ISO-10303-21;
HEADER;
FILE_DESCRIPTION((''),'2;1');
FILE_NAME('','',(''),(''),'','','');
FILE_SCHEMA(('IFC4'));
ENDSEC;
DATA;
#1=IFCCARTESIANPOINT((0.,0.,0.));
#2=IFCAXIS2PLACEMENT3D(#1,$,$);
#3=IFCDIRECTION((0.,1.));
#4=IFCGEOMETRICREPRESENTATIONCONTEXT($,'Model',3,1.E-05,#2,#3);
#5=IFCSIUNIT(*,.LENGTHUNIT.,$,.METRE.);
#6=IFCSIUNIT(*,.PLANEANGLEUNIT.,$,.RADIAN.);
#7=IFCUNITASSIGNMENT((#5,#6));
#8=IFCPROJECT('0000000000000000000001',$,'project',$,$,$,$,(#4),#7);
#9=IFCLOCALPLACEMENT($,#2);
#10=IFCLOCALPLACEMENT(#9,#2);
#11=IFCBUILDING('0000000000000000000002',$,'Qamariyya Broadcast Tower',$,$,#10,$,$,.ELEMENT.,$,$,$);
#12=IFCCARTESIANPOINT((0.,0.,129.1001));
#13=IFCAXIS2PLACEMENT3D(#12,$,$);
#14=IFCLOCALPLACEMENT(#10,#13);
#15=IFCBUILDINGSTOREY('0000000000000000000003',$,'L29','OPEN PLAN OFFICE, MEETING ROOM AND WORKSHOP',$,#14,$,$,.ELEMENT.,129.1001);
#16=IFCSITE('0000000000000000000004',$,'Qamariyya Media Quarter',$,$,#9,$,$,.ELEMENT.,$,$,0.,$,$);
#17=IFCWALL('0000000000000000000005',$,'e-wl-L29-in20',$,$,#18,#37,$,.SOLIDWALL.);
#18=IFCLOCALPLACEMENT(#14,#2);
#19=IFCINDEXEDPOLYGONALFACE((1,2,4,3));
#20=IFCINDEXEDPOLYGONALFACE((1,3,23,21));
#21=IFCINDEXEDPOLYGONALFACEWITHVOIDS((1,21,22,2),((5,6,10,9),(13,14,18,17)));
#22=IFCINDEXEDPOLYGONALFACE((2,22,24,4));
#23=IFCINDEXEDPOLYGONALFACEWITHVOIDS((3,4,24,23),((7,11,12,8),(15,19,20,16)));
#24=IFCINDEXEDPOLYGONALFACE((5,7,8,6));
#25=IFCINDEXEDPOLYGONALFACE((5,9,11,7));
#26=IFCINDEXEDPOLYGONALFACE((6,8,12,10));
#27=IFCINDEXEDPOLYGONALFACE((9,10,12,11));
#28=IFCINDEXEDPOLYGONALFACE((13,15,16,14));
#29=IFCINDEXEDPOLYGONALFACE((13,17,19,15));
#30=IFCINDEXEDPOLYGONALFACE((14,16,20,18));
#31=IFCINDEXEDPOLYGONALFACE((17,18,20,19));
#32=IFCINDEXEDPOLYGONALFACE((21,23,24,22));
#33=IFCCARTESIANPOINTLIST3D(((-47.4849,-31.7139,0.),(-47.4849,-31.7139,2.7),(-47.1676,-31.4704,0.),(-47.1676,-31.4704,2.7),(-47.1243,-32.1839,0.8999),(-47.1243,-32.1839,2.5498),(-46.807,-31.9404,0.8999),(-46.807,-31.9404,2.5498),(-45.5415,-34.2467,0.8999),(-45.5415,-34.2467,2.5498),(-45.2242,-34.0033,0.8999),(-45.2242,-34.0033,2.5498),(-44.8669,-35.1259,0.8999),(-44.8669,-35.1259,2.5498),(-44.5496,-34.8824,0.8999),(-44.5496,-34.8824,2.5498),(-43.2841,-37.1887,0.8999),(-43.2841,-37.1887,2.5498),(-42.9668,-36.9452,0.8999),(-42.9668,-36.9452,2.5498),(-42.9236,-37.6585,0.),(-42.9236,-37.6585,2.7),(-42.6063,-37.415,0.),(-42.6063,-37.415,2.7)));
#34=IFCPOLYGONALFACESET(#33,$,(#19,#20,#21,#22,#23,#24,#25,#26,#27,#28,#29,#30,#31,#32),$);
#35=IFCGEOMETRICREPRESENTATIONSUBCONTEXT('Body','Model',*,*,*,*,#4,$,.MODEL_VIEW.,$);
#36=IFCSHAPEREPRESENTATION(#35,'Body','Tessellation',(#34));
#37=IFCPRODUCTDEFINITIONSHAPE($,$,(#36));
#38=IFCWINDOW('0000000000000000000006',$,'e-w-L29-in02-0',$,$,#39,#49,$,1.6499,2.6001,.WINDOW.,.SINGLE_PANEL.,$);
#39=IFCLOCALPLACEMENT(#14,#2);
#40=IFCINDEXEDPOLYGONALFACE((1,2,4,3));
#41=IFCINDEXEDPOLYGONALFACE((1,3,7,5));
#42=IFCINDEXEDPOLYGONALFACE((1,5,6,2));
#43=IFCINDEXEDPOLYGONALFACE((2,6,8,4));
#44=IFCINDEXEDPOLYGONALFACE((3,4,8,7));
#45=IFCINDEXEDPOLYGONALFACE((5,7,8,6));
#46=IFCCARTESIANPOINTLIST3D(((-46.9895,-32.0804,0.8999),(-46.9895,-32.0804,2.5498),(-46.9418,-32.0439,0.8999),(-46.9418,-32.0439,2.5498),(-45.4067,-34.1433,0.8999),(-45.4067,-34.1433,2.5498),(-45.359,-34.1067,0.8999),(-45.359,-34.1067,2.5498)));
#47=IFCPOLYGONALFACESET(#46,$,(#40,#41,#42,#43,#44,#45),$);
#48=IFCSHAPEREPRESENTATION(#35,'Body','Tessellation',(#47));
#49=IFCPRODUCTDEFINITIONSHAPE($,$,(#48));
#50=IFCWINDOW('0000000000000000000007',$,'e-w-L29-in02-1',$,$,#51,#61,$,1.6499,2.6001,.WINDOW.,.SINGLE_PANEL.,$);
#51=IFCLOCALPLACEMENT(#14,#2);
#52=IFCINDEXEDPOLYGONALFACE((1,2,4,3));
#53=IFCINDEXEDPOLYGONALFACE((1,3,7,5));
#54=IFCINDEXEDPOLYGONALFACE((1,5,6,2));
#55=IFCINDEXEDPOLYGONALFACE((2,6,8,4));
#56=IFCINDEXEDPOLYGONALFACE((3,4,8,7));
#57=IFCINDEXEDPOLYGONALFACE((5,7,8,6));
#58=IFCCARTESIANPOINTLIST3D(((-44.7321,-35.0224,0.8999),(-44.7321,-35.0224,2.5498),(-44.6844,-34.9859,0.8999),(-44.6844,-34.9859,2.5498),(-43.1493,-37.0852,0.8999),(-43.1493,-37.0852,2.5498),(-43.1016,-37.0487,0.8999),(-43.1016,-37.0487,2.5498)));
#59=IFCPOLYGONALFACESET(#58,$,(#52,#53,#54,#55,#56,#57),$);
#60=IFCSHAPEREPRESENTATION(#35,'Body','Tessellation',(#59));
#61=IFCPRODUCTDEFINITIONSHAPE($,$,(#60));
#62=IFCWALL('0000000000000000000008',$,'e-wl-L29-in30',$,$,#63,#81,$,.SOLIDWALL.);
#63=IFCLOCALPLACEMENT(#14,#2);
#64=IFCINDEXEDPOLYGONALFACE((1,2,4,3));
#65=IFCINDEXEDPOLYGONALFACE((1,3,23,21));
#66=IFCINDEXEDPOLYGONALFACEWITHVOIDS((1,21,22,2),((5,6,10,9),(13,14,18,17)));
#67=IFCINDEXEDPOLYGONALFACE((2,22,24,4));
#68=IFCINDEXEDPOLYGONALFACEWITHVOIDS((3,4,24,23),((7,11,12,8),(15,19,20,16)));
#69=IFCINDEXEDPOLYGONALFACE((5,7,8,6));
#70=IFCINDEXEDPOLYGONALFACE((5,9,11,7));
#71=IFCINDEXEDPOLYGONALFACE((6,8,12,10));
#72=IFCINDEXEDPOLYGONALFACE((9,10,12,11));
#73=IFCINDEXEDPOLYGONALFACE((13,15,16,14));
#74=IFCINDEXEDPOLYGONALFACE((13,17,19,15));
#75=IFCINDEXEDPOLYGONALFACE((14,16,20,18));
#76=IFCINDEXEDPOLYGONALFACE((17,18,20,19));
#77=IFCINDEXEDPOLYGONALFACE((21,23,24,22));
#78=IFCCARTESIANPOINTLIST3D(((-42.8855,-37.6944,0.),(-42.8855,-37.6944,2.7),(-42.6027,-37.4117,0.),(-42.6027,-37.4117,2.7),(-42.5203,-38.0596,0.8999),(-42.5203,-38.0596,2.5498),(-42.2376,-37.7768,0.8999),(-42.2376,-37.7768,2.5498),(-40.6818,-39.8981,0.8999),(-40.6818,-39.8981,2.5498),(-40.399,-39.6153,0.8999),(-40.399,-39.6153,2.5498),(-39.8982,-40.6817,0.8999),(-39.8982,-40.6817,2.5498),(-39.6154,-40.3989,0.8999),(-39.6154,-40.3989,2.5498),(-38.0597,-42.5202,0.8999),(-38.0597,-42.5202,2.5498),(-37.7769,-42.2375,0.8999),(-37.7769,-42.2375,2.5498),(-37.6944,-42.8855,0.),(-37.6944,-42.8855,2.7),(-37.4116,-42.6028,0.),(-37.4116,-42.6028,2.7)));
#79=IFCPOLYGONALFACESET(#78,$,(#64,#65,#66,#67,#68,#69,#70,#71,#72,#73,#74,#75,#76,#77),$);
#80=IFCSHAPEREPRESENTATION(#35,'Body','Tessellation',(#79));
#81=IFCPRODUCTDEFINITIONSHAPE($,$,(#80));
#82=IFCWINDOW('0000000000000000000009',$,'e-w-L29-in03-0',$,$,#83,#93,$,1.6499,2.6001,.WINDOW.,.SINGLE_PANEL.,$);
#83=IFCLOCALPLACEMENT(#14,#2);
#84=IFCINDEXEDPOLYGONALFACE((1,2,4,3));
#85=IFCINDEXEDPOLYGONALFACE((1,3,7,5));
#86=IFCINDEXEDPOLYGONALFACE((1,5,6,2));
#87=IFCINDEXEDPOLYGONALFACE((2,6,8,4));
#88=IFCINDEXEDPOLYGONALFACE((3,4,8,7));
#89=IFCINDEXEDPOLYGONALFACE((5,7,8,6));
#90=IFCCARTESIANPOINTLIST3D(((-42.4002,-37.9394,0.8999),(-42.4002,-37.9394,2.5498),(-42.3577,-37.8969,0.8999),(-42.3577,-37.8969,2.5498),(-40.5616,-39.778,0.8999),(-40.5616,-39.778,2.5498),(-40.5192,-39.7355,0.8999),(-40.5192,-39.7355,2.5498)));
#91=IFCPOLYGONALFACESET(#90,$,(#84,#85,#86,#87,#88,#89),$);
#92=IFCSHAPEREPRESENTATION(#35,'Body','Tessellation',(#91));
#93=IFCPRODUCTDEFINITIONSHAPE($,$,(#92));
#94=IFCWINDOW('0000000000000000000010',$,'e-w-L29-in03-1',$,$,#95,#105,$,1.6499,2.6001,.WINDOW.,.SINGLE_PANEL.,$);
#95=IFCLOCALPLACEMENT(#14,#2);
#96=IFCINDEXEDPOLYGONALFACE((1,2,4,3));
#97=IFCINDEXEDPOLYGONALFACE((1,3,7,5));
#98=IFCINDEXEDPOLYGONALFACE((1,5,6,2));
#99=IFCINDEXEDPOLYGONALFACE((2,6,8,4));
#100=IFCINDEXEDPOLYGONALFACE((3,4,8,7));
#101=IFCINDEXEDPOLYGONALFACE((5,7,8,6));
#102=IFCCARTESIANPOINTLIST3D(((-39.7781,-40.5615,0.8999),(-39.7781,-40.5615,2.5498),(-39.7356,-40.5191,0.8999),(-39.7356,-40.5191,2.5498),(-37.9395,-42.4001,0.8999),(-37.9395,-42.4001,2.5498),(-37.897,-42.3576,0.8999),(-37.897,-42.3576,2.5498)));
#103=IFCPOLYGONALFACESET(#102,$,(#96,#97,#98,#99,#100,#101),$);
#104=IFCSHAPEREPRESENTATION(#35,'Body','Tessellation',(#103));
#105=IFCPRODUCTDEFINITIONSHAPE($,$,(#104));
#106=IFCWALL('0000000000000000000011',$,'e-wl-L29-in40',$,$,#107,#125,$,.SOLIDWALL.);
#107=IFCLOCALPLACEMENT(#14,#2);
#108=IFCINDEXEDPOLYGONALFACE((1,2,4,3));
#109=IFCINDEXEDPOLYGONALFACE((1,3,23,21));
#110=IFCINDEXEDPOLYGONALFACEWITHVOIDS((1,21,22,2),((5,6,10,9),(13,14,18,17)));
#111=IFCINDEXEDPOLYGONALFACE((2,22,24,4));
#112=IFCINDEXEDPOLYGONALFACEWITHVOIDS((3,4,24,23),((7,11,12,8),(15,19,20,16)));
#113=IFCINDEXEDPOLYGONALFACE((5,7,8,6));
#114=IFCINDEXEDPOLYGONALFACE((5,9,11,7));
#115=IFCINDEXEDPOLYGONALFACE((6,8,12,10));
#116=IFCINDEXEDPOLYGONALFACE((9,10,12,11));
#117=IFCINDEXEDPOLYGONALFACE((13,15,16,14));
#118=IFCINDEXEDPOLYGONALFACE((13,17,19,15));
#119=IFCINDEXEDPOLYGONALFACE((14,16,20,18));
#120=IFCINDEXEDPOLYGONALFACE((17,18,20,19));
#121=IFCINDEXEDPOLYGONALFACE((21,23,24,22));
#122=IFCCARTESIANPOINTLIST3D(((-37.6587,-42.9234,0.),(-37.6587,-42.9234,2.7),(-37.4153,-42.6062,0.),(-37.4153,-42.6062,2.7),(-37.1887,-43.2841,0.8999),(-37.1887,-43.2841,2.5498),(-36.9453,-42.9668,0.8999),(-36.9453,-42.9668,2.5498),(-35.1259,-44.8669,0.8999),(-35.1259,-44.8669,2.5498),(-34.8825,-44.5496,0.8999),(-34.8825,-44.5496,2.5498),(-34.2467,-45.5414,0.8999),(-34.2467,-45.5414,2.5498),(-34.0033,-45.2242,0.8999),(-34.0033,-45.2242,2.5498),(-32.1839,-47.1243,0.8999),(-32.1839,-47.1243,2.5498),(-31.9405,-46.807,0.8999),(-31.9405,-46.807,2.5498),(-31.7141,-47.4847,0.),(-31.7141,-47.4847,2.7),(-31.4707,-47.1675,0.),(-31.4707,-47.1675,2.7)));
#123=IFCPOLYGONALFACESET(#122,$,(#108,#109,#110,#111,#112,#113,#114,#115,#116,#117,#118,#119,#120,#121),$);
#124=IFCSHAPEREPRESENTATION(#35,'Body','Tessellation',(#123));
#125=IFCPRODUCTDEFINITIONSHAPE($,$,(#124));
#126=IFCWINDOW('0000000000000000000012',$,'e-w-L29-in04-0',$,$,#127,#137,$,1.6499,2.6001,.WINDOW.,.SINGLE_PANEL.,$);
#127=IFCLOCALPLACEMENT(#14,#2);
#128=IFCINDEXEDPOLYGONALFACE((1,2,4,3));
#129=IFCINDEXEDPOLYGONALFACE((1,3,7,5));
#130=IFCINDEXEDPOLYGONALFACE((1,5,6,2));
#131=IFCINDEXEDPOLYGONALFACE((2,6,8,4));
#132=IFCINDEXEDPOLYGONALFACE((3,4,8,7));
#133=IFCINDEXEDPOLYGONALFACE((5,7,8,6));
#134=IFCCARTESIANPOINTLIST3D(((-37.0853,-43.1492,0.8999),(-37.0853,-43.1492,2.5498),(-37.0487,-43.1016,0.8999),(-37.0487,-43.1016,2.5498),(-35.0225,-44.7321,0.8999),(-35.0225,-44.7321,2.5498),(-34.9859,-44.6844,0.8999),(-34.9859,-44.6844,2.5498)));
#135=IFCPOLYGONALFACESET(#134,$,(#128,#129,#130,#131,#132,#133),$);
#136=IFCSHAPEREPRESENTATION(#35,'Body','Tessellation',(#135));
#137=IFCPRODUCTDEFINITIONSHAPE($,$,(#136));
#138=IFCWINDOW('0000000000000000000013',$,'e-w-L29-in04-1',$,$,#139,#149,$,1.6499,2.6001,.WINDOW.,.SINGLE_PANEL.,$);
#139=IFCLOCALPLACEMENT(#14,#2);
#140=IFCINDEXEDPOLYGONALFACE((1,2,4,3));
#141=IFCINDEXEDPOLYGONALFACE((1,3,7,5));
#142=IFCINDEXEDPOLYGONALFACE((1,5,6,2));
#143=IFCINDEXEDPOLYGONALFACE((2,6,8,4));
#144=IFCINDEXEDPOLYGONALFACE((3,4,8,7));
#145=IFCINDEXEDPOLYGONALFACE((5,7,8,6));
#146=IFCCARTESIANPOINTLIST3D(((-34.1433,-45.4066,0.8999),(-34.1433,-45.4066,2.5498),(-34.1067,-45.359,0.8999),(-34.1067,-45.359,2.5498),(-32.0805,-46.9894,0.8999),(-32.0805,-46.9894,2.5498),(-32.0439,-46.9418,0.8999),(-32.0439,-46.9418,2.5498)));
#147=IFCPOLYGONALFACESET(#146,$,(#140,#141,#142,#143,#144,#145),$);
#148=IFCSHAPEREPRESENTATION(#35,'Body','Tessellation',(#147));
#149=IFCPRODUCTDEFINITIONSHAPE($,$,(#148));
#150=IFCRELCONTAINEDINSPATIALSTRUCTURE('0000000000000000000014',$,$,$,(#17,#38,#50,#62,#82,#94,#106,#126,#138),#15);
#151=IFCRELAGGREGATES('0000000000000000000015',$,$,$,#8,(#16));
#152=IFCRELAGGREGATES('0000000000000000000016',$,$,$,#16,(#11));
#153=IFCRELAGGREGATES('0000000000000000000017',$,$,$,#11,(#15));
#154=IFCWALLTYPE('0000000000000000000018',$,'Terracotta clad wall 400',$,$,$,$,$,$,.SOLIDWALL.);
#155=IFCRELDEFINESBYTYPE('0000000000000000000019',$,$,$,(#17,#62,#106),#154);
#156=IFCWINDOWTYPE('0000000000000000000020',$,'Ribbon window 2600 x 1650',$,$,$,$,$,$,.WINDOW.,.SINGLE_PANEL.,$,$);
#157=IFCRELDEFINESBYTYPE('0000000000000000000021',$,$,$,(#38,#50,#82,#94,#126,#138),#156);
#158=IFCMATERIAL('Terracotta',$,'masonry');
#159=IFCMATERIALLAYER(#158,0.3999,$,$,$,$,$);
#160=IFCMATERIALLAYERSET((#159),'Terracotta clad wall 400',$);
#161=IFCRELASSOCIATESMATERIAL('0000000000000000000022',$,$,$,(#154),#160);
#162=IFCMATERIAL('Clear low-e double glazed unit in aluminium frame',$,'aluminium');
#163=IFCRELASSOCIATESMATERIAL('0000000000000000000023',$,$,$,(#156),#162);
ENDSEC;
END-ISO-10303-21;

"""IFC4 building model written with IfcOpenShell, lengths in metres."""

from ifc_helpers import new_model, si_unit, direction, frame, frame_2d, origin, place, context, subcontext, project, spatial, rectangle, extrude, material, layer, layer_set, type_object, element, fill, save


model = new_model("IFC4")

# Units and contexts
model_context = context("Model", 3, precision=1e-05, world=origin(), true_north=direction((0.0, 1.0)))
body_context = subcontext(model_context, "Body", "Model", "MODEL_VIEW")
ifc_project = project(units=[si_unit("LENGTHUNIT", "METRE"), si_unit("PLANEANGLEUNIT", "RADIAN")], contexts=[model_context])

# Site, building, storey
site_placement = place(None, origin())
site = spatial("IfcSite", under=ifc_project, at=site_placement, Name="Qamariyya Media Quarter", CompositionType="ELEMENT", RefElevation=0.0)
building_placement = place(site_placement, origin())
building = spatial("IfcBuilding", under=site, at=building_placement, Name="Qamariyya Broadcast Tower", CompositionType="ELEMENT")
storey_placement = place(building_placement, frame((0.0, 0.0, 129.1001)))
storey = spatial("IfcBuildingStorey", under=building, at=storey_placement, Name="L29", Description="OPEN PLAN OFFICE, MEETING ROOM AND WORKSHOP", CompositionType="ELEMENT", Elevation=129.1001)

# Walls, openings, windows
ifc_material_1 = material(Name="Terracotta", Category="masonry")
ifc_layer_1 = layer(ifc_material_1, 0.3999)
ifc_layer_set_1 = layer_set([ifc_layer_1], Name="Terracotta clad wall 400")
wall_type_1 = type_object("IfcWallType", Name="Terracotta clad wall 400", PredefinedType="SOLIDWALL", material=ifc_layer_set_1)
wall_1_placement = place(storey_placement, frame((-42.7649, -37.5369, 0.0), z_axis=(0.0, 0.0, 1.0), x_axis=(-0.608748, 0.793363, 0.0)))
wall_1 = element("IfcWall", 1, at=wall_1_placement, inside=storey, type_object=wall_type_1, Name="e-wl-L29-in20", PredefinedType="SOLIDWALL", context=body_context, shape_type="SweptSolid", body=[
    extrude(rectangle(XDim=7.4929, YDim=0.3999, at=frame_2d((3.7466, 0.0))), origin(), (0.0, 0.0, 1.0), 2.7),
])
opening_1_placement = place(wall_1_placement, frame((4.3005, 0.0, 0.8999)))
opening_1 = element("IfcOpeningElement", 2, at=opening_1_placement, cuts=wall_1, PredefinedType="OPENING", context=body_context, shape_type="SweptSolid", body=[
    extrude(rectangle(XDim=2.6001, YDim=1.6499, at=frame_2d((1.3, 0.825))), frame((0.0, 0.21, 0.0), z_axis=(0.0, -1.0, 0.0), x_axis=(1.0, 0.0, 0.0)), (0.0, 0.0, 1.0), 0.4199),
])
opening_2_placement = place(wall_1_placement, frame((0.5923, 0.0, 0.8999)))
opening_2 = element("IfcOpeningElement", 3, at=opening_2_placement, cuts=wall_1, PredefinedType="OPENING", context=body_context, shape_type="SweptSolid", body=[
    extrude(rectangle(XDim=2.6001, YDim=1.6499, at=frame_2d((1.3, 0.825))), frame((0.0, 0.21, 0.0), z_axis=(0.0, -1.0, 0.0), x_axis=(1.0, 0.0, 0.0)), (0.0, 0.0, 1.0), 0.4199),
])
ifc_material_2 = material(Name="Clear low-e double glazed unit in aluminium frame", Category="aluminium")
window_type = type_object("IfcWindowType", Name="Ribbon window 2600 x 1650", PartitioningType="SINGLE_PANEL", PredefinedType="WINDOW", material=ifc_material_2)
window_1_placement = place(opening_1_placement, origin())
window_1 = element("IfcWindow", 4, at=window_1_placement, inside=storey, type_object=window_type, Name="e-w-L29-in02-0", OverallHeight=1.6499, OverallWidth=2.6001, PartitioningType="SINGLE_PANEL", PredefinedType="WINDOW", context=body_context, shape_type="SweptSolid", body=[
    extrude(rectangle(XDim=2.6001, YDim=1.6499, at=frame_2d((1.3, 0.825))), frame((0.0, 0.03, 0.0), z_axis=(0.0, -1.0, 0.0), x_axis=(1.0, 0.0, 0.0)), (0.0, 0.0, 1.0), 0.0601),
])
fill(opening_1, window_1)
window_2_placement = place(opening_2_placement, origin())
window_2 = element("IfcWindow", 5, at=window_2_placement, inside=storey, type_object=window_type, Name="e-w-L29-in02-1", OverallHeight=1.6499, OverallWidth=2.6001, PartitioningType="SINGLE_PANEL", PredefinedType="WINDOW", context=body_context, shape_type="SweptSolid", body=[
    extrude(rectangle(XDim=2.6001, YDim=1.6499, at=frame_2d((1.3, 0.825))), frame((0.0, 0.03, 0.0), z_axis=(0.0, -1.0, 0.0), x_axis=(1.0, 0.0, 0.0)), (0.0, 0.0, 1.0), 0.0601),
])
fill(opening_2, window_2)
wall_2_placement = place(storey_placement, frame((-37.553, -42.7441, 0.0), z_axis=(0.0, 0.0, 1.0), x_axis=(-0.707107, 0.707107, 0.0)))
wall_2 = element("IfcWall", 6, at=wall_2_placement, inside=storey, type_object=wall_type_1, Name="e-wl-L29-in30", PredefinedType="SOLIDWALL", context=body_context, shape_type="SweptSolid", body=[
    extrude(rectangle(XDim=7.3413, YDim=0.3999, at=frame_2d((3.6707, 0.0))), origin(), (0.0, 0.0, 1.0), 2.7),
])
opening_3_placement = place(wall_2_placement, frame((4.2249, 0.0, 0.8999)))
opening_3 = element("IfcOpeningElement", 7, at=opening_3_placement, cuts=wall_2, PredefinedType="OPENING", context=body_context, shape_type="SweptSolid", body=[
    extrude(rectangle(XDim=2.6001, YDim=1.6499, at=frame_2d((1.3, 0.825))), frame((0.0, 0.21, 0.0), z_axis=(0.0, -1.0, 0.0), x_axis=(1.0, 0.0, 0.0)), (0.0, 0.0, 1.0), 0.4199),
])
opening_4_placement = place(wall_2_placement, frame((0.5166, 0.0, 0.8999)))
opening_4 = element("IfcOpeningElement", 8, at=opening_4_placement, cuts=wall_2, PredefinedType="OPENING", context=body_context, shape_type="SweptSolid", body=[
    extrude(rectangle(XDim=2.6001, YDim=1.6499, at=frame_2d((1.3, 0.825))), frame((0.0, 0.21, 0.0), z_axis=(0.0, -1.0, 0.0), x_axis=(1.0, 0.0, 0.0)), (0.0, 0.0, 1.0), 0.4199),
])
window_3_placement = place(opening_3_placement, origin())
window_3 = element("IfcWindow", 9, at=window_3_placement, inside=storey, type_object=window_type, Name="e-w-L29-in03-0", OverallHeight=1.6499, OverallWidth=2.6001, PartitioningType="SINGLE_PANEL", PredefinedType="WINDOW", context=body_context, shape_type="SweptSolid", body=[
    extrude(rectangle(XDim=2.6001, YDim=1.6499, at=frame_2d((1.3, 0.825))), frame((0.0, 0.03, 0.0), z_axis=(0.0, -1.0, 0.0), x_axis=(1.0, 0.0, 0.0)), (0.0, 0.0, 1.0), 0.0601),
])
fill(opening_3, window_3)
window_4_placement = place(opening_4_placement, origin())
window_4 = element("IfcWindow", 10, at=window_4_placement, inside=storey, type_object=window_type, Name="e-w-L29-in03-1", OverallHeight=1.6499, OverallWidth=2.6001, PartitioningType="SINGLE_PANEL", PredefinedType="WINDOW", context=body_context, shape_type="SweptSolid", body=[
    extrude(rectangle(XDim=2.6001, YDim=1.6499, at=frame_2d((1.3, 0.825))), frame((0.0, 0.03, 0.0), z_axis=(0.0, -1.0, 0.0), x_axis=(1.0, 0.0, 0.0)), (0.0, 0.0, 1.0), 0.0601),
])
fill(opening_4, window_4)
wall_3_placement = place(storey_placement, frame((-31.5923, -47.3262, 0.0), z_axis=(0.0, 0.0, 1.0), x_axis=(-0.793363, 0.608748, 0.0)))
wall_3 = element("IfcWall", 11, at=wall_3_placement, inside=storey, type_object=wall_type_1, Name="e-wl-L29-in40", PredefinedType="SOLIDWALL", context=body_context, shape_type="SweptSolid", body=[
    extrude(rectangle(XDim=7.4929, YDim=0.3999, at=frame_2d((3.7466, 0.0))), origin(), (0.0, 0.0, 1.0), 2.7),
])
opening_5_placement = place(wall_3_placement, frame((4.3005, 0.0, 0.8999)))
opening_5 = element("IfcOpeningElement", 12, at=opening_5_placement, cuts=wall_3, PredefinedType="OPENING", context=body_context, shape_type="SweptSolid", body=[
    extrude(rectangle(XDim=2.6001, YDim=1.6499, at=frame_2d((1.3, 0.825))), frame((0.0, 0.21, 0.0), z_axis=(0.0, -1.0, 0.0), x_axis=(1.0, 0.0, 0.0)), (0.0, 0.0, 1.0), 0.4199),
])
opening_6_placement = place(wall_3_placement, frame((0.5923, 0.0, 0.8999)))
opening_6 = element("IfcOpeningElement", 13, at=opening_6_placement, cuts=wall_3, PredefinedType="OPENING", context=body_context, shape_type="SweptSolid", body=[
    extrude(rectangle(XDim=2.6001, YDim=1.6499, at=frame_2d((1.3, 0.825))), frame((0.0, 0.21, 0.0), z_axis=(0.0, -1.0, 0.0), x_axis=(1.0, 0.0, 0.0)), (0.0, 0.0, 1.0), 0.4199),
])
window_5_placement = place(opening_5_placement, origin())
window_5 = element("IfcWindow", 14, at=window_5_placement, inside=storey, type_object=window_type, Name="e-w-L29-in04-0", OverallHeight=1.6499, OverallWidth=2.6001, PartitioningType="SINGLE_PANEL", PredefinedType="WINDOW", context=body_context, shape_type="SweptSolid", body=[
    extrude(rectangle(XDim=2.6001, YDim=1.6499, at=frame_2d((1.3, 0.825))), frame((0.0, 0.03, 0.0), z_axis=(0.0, -1.0, 0.0), x_axis=(1.0, 0.0, 0.0)), (0.0, 0.0, 1.0), 0.0601),
])
fill(opening_5, window_5)
window_6_placement = place(opening_6_placement, origin())
window_6 = element("IfcWindow", 15, at=window_6_placement, inside=storey, type_object=window_type, Name="e-w-L29-in04-1", OverallHeight=1.6499, OverallWidth=2.6001, PartitioningType="SINGLE_PANEL", PredefinedType="WINDOW", context=body_context, shape_type="SweptSolid", body=[
    extrude(rectangle(XDim=2.6001, YDim=1.6499, at=frame_2d((1.3, 0.825))), frame((0.0, 0.03, 0.0), z_axis=(0.0, -1.0, 0.0), x_axis=(1.0, 0.0, 0.0)), (0.0, 0.0, 1.0), 0.0601),
])
fill(opening_6, window_6)

save(model, "model.ifc")
